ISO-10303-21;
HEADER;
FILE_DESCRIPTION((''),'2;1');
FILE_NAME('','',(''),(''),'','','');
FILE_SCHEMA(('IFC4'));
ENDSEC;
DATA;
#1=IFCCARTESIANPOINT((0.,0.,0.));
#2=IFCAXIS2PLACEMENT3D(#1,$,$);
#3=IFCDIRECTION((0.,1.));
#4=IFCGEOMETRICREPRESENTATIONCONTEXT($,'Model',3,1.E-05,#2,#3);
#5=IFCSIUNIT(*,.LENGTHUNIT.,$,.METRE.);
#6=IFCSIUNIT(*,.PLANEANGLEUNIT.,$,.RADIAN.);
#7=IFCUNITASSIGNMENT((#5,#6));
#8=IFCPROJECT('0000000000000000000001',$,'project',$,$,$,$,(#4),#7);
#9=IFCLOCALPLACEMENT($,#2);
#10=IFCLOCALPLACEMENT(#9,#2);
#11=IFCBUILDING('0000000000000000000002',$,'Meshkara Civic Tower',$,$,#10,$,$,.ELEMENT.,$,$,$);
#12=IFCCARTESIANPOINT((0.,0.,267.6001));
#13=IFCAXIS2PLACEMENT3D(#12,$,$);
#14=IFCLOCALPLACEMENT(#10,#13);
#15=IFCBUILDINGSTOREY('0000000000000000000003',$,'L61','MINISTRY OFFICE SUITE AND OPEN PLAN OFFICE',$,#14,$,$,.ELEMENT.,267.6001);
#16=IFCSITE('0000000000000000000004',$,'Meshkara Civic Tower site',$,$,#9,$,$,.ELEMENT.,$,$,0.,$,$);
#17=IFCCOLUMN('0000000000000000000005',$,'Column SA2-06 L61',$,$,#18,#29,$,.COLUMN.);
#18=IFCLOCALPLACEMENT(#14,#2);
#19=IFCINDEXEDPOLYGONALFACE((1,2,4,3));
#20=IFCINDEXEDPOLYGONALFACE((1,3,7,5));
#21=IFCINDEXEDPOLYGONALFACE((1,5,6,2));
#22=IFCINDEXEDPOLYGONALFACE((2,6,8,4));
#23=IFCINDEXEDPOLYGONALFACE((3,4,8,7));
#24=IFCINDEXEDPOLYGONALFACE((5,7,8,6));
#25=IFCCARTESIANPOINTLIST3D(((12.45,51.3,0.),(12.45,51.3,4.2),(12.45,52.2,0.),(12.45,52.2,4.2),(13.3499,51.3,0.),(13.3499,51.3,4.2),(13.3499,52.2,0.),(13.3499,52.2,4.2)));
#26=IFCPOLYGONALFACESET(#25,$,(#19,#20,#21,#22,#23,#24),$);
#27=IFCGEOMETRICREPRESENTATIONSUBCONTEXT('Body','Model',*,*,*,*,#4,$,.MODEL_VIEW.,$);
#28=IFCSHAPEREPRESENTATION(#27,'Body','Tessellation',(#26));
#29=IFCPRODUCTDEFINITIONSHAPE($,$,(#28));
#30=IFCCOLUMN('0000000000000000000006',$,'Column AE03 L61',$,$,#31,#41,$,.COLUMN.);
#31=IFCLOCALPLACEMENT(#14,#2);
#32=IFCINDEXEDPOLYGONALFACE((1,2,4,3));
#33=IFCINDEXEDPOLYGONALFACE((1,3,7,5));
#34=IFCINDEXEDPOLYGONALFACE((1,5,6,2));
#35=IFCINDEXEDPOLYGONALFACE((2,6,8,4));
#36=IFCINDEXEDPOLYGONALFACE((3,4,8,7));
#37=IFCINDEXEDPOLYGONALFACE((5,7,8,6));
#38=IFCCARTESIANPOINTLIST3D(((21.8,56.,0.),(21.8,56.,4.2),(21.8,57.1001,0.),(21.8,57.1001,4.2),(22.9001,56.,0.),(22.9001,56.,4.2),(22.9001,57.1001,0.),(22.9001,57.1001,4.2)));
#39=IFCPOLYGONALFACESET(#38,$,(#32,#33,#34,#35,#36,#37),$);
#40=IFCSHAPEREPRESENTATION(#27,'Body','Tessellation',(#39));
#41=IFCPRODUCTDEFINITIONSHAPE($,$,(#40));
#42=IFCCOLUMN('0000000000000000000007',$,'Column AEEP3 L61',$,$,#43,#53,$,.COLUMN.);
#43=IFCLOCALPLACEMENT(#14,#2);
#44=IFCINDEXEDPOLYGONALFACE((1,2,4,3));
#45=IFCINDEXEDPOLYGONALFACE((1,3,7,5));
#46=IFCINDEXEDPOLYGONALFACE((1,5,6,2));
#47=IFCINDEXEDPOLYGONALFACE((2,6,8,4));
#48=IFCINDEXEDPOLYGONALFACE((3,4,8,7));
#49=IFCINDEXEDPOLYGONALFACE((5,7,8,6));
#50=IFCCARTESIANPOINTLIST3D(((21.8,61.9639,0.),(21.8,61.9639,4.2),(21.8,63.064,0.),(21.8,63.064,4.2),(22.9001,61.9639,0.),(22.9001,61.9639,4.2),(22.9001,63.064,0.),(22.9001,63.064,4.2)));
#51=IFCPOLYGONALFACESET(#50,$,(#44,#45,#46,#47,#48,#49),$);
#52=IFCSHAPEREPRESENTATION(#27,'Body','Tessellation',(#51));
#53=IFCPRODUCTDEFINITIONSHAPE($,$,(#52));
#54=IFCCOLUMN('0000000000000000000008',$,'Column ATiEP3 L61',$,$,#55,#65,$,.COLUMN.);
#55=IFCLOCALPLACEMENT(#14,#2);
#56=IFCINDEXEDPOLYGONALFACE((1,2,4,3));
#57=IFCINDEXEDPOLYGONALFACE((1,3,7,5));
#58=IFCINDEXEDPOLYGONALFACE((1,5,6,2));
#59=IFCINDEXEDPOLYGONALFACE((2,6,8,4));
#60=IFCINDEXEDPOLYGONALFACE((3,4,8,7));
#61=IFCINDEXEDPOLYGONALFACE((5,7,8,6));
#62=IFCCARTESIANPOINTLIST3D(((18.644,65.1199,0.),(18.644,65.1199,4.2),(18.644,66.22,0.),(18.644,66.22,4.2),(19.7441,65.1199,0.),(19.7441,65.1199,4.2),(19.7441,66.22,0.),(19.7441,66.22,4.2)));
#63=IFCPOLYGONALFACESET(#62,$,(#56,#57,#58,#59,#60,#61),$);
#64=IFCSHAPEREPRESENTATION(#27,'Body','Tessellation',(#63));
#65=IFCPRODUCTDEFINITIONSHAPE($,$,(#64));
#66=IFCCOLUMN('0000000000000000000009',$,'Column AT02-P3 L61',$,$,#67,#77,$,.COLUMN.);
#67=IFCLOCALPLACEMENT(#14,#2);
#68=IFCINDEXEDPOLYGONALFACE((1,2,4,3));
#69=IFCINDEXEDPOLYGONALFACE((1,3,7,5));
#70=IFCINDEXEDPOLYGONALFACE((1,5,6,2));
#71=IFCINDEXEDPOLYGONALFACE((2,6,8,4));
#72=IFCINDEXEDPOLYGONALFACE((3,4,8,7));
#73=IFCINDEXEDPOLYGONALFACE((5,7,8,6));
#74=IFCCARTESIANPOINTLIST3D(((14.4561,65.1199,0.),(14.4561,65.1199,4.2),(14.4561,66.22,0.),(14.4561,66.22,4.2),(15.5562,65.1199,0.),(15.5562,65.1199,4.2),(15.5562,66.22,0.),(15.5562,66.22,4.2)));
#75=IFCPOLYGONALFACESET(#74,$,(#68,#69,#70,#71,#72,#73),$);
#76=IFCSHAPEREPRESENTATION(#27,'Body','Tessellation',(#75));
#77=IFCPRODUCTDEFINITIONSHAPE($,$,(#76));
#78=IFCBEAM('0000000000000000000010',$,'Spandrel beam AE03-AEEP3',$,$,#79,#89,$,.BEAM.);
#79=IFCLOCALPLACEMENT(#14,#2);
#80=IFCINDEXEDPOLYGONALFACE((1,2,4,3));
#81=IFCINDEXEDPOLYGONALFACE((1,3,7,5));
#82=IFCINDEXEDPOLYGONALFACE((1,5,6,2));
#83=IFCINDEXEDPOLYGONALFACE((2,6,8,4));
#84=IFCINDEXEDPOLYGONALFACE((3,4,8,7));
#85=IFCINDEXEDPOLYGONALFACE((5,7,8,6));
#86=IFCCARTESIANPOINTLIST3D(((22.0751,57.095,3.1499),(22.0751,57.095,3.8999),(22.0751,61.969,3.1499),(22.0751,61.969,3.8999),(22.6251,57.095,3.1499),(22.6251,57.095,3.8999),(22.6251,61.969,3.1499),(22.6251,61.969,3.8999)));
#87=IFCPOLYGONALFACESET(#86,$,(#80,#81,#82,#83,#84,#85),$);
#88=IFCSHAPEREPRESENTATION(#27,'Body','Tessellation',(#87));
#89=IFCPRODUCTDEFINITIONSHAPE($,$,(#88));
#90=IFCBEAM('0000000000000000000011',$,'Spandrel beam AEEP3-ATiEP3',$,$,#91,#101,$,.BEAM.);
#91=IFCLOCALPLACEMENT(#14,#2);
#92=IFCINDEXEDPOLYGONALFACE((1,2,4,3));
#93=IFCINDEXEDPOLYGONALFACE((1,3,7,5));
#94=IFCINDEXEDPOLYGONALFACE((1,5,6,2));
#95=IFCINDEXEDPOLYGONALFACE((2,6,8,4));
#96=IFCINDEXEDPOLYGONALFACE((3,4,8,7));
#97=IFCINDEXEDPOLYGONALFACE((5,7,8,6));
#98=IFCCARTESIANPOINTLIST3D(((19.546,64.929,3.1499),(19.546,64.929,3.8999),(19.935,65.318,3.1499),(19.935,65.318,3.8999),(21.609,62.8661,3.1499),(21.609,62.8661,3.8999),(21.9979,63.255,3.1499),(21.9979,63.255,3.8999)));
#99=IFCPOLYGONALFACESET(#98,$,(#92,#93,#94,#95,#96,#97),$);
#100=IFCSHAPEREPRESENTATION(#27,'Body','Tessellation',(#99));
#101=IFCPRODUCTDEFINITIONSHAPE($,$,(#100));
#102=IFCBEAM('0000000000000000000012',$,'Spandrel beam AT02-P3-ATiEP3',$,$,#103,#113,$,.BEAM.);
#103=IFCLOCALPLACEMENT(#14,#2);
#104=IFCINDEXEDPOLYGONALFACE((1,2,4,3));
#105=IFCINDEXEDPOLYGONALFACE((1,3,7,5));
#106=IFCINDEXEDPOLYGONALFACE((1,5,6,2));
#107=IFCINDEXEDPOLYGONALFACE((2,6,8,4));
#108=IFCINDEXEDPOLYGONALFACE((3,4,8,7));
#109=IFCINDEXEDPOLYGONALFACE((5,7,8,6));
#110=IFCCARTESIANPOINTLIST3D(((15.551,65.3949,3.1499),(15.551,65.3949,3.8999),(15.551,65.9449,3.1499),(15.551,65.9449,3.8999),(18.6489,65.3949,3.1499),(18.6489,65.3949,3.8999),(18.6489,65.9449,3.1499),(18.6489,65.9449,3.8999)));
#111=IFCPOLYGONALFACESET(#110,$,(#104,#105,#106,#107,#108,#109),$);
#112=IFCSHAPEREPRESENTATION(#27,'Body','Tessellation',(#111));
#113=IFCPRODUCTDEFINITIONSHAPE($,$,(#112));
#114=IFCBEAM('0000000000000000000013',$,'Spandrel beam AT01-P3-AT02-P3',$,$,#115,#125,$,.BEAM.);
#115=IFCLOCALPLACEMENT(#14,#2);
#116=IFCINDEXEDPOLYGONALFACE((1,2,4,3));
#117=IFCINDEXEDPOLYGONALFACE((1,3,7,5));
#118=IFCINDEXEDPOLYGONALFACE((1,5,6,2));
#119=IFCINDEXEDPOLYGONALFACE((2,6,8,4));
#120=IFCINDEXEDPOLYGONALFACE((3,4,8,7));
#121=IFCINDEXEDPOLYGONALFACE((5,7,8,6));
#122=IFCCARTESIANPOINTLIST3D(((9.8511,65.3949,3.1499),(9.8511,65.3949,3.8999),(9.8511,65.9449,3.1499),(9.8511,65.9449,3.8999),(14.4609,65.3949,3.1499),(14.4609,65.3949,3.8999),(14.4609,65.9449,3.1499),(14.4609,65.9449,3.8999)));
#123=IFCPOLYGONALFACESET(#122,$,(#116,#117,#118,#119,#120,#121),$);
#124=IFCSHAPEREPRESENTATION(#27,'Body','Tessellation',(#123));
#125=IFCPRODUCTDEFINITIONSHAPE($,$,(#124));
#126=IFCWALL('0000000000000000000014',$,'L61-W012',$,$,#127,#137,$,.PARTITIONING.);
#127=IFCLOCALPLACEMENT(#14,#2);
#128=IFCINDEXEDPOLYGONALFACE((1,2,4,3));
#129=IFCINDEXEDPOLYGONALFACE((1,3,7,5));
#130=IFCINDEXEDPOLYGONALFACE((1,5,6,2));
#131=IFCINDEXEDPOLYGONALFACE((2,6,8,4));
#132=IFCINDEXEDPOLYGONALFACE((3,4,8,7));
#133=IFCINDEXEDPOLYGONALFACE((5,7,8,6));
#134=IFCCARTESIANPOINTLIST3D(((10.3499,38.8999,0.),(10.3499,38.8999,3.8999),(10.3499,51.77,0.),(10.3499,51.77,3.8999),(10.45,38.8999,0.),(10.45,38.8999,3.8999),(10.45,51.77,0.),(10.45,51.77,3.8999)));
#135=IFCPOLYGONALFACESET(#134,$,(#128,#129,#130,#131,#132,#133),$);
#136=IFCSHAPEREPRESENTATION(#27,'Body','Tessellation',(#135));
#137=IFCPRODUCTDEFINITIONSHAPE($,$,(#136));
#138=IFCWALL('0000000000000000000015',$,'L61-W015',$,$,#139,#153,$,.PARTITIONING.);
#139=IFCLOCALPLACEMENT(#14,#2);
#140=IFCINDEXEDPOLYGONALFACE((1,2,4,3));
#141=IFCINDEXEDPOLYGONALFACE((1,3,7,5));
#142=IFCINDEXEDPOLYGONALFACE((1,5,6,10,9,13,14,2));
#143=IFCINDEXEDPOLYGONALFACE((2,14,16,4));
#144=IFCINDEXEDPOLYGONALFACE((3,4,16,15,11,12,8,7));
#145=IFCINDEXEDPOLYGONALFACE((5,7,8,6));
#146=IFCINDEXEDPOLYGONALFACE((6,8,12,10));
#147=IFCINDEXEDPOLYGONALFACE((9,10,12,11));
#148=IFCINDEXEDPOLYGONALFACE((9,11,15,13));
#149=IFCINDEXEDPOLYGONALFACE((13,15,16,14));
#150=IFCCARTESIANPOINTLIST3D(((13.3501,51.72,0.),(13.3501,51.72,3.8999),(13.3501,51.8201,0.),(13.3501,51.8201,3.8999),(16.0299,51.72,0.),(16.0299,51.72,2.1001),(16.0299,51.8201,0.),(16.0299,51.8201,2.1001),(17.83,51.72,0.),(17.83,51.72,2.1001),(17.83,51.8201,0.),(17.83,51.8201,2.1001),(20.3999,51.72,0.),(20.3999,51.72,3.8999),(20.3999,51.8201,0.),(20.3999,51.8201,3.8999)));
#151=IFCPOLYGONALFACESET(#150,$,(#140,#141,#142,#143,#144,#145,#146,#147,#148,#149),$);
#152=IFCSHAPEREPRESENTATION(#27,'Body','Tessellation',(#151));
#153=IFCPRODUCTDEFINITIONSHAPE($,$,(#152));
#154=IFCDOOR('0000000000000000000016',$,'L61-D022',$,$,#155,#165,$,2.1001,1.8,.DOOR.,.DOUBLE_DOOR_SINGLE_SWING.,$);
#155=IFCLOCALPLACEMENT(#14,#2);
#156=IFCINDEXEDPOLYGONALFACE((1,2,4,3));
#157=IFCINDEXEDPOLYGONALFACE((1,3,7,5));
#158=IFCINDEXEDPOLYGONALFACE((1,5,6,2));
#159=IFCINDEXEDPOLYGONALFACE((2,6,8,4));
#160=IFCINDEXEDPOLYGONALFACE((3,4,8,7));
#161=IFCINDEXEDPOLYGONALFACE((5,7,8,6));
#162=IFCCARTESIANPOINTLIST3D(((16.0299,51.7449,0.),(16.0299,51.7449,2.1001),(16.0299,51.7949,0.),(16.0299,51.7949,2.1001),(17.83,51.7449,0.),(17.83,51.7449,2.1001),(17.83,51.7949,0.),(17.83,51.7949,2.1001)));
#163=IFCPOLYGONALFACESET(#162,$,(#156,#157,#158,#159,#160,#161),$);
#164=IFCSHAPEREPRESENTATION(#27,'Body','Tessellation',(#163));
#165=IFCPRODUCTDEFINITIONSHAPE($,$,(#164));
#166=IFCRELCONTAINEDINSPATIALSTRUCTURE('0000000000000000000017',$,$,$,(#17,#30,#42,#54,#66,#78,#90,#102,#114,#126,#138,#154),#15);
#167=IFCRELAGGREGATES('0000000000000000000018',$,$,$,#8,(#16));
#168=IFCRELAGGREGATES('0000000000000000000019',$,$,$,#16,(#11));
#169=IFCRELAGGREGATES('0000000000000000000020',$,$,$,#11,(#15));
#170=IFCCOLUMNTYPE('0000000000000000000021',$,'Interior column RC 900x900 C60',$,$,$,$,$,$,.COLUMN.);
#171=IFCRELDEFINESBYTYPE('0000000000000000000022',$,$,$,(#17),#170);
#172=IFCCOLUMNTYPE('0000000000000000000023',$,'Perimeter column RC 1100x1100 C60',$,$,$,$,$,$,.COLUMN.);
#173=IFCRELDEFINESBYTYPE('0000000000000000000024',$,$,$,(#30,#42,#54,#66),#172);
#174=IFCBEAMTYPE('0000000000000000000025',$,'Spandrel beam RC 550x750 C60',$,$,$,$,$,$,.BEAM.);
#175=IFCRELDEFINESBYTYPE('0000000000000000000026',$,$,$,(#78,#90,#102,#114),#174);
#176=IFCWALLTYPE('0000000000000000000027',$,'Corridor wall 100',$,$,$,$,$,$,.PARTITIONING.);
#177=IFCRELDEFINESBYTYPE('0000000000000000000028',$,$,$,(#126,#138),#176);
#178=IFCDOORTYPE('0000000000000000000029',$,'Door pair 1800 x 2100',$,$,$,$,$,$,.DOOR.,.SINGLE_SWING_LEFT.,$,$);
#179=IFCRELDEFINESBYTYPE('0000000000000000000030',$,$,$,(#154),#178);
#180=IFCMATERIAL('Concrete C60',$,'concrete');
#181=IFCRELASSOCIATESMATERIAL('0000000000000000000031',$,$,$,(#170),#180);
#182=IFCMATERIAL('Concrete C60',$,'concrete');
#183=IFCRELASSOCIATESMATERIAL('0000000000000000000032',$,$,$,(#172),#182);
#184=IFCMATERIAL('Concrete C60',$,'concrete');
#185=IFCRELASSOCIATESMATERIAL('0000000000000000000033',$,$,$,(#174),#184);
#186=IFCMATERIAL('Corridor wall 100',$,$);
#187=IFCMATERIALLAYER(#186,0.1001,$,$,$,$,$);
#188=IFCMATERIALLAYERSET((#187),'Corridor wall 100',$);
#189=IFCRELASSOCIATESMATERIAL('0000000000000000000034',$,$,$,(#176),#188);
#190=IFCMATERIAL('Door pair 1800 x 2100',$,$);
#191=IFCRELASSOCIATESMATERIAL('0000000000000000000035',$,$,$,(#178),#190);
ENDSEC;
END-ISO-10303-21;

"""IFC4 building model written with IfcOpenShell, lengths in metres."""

from ifc_helpers import new_model, si_unit, direction, frame, frame_2d, origin, origin_2d, place, context, subcontext, project, spatial, rectangle, extrude, material, layer, layer_set, material_profile, profile_set, type_object, element, fill, save


model = new_model("IFC4")

# Units and contexts
model_context = context("Model", 3, precision=1e-05, world=origin(), true_north=direction((0.0, 1.0)))
body_context = subcontext(model_context, "Body", "Model", "MODEL_VIEW")
ifc_project = project(units=[si_unit("LENGTHUNIT", "METRE"), si_unit("PLANEANGLEUNIT", "RADIAN")], contexts=[model_context])

# Site, building, storey
site_placement = place(None, origin())
site = spatial("IfcSite", under=ifc_project, at=site_placement, Name="Meshkara Civic Tower site", CompositionType="ELEMENT", RefElevation=0.0)
building_placement = place(site_placement, origin())
building = spatial("IfcBuilding", under=site, at=building_placement, Name="Meshkara Civic Tower", CompositionType="ELEMENT")
storey_placement = place(building_placement, frame((0.0, 0.0, 267.6001)))
storey = spatial("IfcBuildingStorey", under=building, at=storey_placement, Name="L61", Description="MINISTRY OFFICE SUITE AND OPEN PLAN OFFICE", CompositionType="ELEMENT", Elevation=267.6001)

# Columns
ifc_material_1 = material(Name="Concrete C60", Category="concrete")
ifc_material_profile_1 = material_profile(ifc_material_1, rectangle(XDim=0.8999, YDim=0.8999, at=origin_2d()))
ifc_profile_set_1 = profile_set([ifc_material_profile_1], Name="Concrete C60")
column_type_1 = type_object("IfcColumnType", Name="Interior column RC 900x900 C60", PredefinedType="COLUMN", material=ifc_profile_set_1)
column_placement = place(storey_placement, frame((12.8999, 51.75, 0.0), z_axis=(0.0, 0.0, 1.0), x_axis=(1.0, 0.0, 0.0)))
element("IfcColumn", 1, at=column_placement, inside=storey, type_object=column_type_1, Name="Column SA2-06 L61", PredefinedType="COLUMN", context=body_context, shape_type="SweptSolid", body=[
    extrude(rectangle(XDim=0.8999, YDim=0.8999, at=origin_2d()), origin(), (0.0, 0.0, 1.0), 4.2),
])
ifc_material_2 = material(Name="Concrete C60", Category="concrete")
ifc_material_profile_2 = material_profile(ifc_material_2, rectangle(XDim=1.1001, YDim=1.1001, at=origin_2d()))
ifc_profile_set_2 = profile_set([ifc_material_profile_2], Name="Concrete C60")
column_type_2 = type_object("IfcColumnType", Name="Perimeter column RC 1100x1100 C60", PredefinedType="COLUMN", material=ifc_profile_set_2)
for number, where, z_axis, x_axis, name in (
    (2, (22.3501, 56.55, 0.0), (0.0, 0.0, 1.0), (1.0, 0.0, 0.0), "Column AE03 L61"),
    (3, (22.3501, 62.5139, 0.0), (0.0, 0.0, 1.0), (1.0, 0.0, 0.0), "Column AEEP3 L61"),
    (4, (19.1941, 65.6699, 0.0), (0.0, 0.0, 1.0), (1.0, 0.0, 0.0), "Column ATiEP3 L61"),
    (5, (15.0061, 65.6699, 0.0), (0.0, 0.0, 1.0), (1.0, 0.0, 0.0), "Column AT02-P3 L61"),
):
    element("IfcColumn", number, at=place(storey_placement, frame(where, z_axis=z_axis, x_axis=x_axis)), inside=storey, type_object=column_type_2, Name=name, PredefinedType="COLUMN", context=body_context, shape_type="SweptSolid", body=[
        extrude(rectangle(XDim=1.1001, YDim=1.1001, at=origin_2d()), origin(), (0.0, 0.0, 1.0), 4.2),
    ])

# Beams
ifc_material_3 = material(Name="Concrete C60", Category="concrete")
ifc_material_profile_3 = material_profile(ifc_material_3, rectangle(XDim=0.55, YDim=0.75, at=origin_2d()))
ifc_profile_set_3 = profile_set([ifc_material_profile_3], Name="Concrete C60")
beam_type = type_object("IfcBeamType", Name="Spandrel beam RC 550x750 C60", PredefinedType="BEAM", material=ifc_profile_set_3)
beam_1_placement = place(storey_placement, frame((22.3501, 57.095, 3.5249), z_axis=(0.0, 1.0, 0.0), x_axis=(-1.0, 0.0, 0.0)))
element("IfcBeam", 6, at=beam_1_placement, inside=storey, type_object=beam_type, Name="Spandrel beam AE03-AEEP3", PredefinedType="BEAM", context=body_context, shape_type="SweptSolid", body=[
    extrude(rectangle(XDim=0.55, YDim=0.75, at=origin_2d()), origin(), (0.0, 0.0, 1.0), 4.874),
])
beam_2_placement = place(storey_placement, frame((21.8035, 63.0605, 3.5249), z_axis=(-0.707107, 0.707107, 0.0), x_axis=(-0.707107, -0.707107, 0.0)))
element("IfcBeam", 7, at=beam_2_placement, inside=storey, type_object=beam_type, Name="Spandrel beam AEEP3-ATiEP3", PredefinedType="BEAM", context=body_context, shape_type="SweptSolid", body=[
    extrude(rectangle(XDim=0.55, YDim=0.75, at=origin_2d()), origin(), (0.0, 0.0, 1.0), 2.9175),
])
beam_3_placement = place(storey_placement, frame((18.6489, 65.6699, 3.5249), z_axis=(-1.0, 0.0, 0.0), x_axis=(0.0, -1.0, 0.0)))
element("IfcBeam", 8, at=beam_3_placement, inside=storey, type_object=beam_type, Name="Spandrel beam AT02-P3-ATiEP3", PredefinedType="BEAM", context=body_context, shape_type="SweptSolid", body=[
    extrude(rectangle(XDim=0.55, YDim=0.75, at=origin_2d()), origin(), (0.0, 0.0, 1.0), 3.0979),
])
beam_4_placement = place(storey_placement, frame((14.4609, 65.6699, 3.5249), z_axis=(-1.0, 0.0, 0.0), x_axis=(0.0, -1.0, 0.0)))
element("IfcBeam", 9, at=beam_4_placement, inside=storey, type_object=beam_type, Name="Spandrel beam AT01-P3-AT02-P3", PredefinedType="BEAM", context=body_context, shape_type="SweptSolid", body=[
    extrude(rectangle(XDim=0.55, YDim=0.75, at=origin_2d()), origin(), (0.0, 0.0, 1.0), 4.6099),
])

# Wall
ifc_material_4 = material(Name="Corridor wall 100")
ifc_layer_1 = layer(ifc_material_4, 0.1001)
ifc_layer_set_1 = layer_set([ifc_layer_1], Name="Corridor wall 100")
wall_type_1 = type_object("IfcWallType", Name="Corridor wall 100", PredefinedType="PARTITIONING", material=ifc_layer_set_1)
wall_1_placement = place(storey_placement, frame((10.3999, 51.77, 0.0), z_axis=(0.0, 0.0, 1.0), x_axis=(0.0, -1.0, 0.0)))
element("IfcWall", 10, at=wall_1_placement, inside=storey, type_object=wall_type_1, Name="L61-W012", PredefinedType="PARTITIONING", context=body_context, shape_type="SweptSolid", body=[
    extrude(rectangle(XDim=12.8701, YDim=0.1001, at=frame_2d((6.4351, 0.0))), origin(), (0.0, 0.0, 1.0), 3.8999),
])

# Wall, opening, door
wall_2_placement = place(storey_placement, frame((13.3501, 51.77, 0.0), z_axis=(0.0, 0.0, 1.0), x_axis=(1.0, 0.0, 0.0)))
wall_2 = element("IfcWall", 11, at=wall_2_placement, inside=storey, type_object=wall_type_1, Name="L61-W015", PredefinedType="PARTITIONING", context=body_context, shape_type="SweptSolid", body=[
    extrude(rectangle(XDim=7.0498, YDim=0.1001, at=frame_2d((3.5249, 0.0))), origin(), (0.0, 0.0, 1.0), 3.8999),
])
opening_1_placement = place(wall_2_placement, frame((2.6799, 0.0, 0.0)))
opening_1 = element("IfcOpeningElement", 12, at=opening_1_placement, cuts=wall_2, PredefinedType="OPENING", context=body_context, shape_type="SweptSolid", body=[
    extrude(rectangle(XDim=1.8, YDim=2.1001, at=frame_2d((0.8999, 1.05))), frame((0.0, 0.0601, 0.0), z_axis=(0.0, -1.0, 0.0), x_axis=(1.0, 0.0, 0.0)), (0.0, 0.0, 1.0), 0.1201),
])
ifc_material_5 = material(Name="Door pair 1800 x 2100")
door_type_1 = type_object("IfcDoorType", Name="Door pair 1800 x 2100", OperationType="SINGLE_SWING_LEFT", PredefinedType="DOOR", material=ifc_material_5)
door_1_placement = place(opening_1_placement, origin())
door_1 = element("IfcDoor", 13, at=door_1_placement, inside=storey, type_object=door_type_1, Name="L61-D022", OperationType="DOUBLE_DOOR_SINGLE_SWING", OverallHeight=2.1001, OverallWidth=1.8, PredefinedType="DOOR", context=body_context, shape_type="SweptSolid", body=[
    extrude(rectangle(XDim=1.8, YDim=2.1001, at=frame_2d((0.8999, 1.05))), frame((0.0, 0.0249, 0.0), z_axis=(0.0, -1.0, 0.0), x_axis=(1.0, 0.0, 0.0)), (0.0, 0.0, 1.0), 0.05),
])
fill(opening_1, door_1)

save(model, "model.ifc")
